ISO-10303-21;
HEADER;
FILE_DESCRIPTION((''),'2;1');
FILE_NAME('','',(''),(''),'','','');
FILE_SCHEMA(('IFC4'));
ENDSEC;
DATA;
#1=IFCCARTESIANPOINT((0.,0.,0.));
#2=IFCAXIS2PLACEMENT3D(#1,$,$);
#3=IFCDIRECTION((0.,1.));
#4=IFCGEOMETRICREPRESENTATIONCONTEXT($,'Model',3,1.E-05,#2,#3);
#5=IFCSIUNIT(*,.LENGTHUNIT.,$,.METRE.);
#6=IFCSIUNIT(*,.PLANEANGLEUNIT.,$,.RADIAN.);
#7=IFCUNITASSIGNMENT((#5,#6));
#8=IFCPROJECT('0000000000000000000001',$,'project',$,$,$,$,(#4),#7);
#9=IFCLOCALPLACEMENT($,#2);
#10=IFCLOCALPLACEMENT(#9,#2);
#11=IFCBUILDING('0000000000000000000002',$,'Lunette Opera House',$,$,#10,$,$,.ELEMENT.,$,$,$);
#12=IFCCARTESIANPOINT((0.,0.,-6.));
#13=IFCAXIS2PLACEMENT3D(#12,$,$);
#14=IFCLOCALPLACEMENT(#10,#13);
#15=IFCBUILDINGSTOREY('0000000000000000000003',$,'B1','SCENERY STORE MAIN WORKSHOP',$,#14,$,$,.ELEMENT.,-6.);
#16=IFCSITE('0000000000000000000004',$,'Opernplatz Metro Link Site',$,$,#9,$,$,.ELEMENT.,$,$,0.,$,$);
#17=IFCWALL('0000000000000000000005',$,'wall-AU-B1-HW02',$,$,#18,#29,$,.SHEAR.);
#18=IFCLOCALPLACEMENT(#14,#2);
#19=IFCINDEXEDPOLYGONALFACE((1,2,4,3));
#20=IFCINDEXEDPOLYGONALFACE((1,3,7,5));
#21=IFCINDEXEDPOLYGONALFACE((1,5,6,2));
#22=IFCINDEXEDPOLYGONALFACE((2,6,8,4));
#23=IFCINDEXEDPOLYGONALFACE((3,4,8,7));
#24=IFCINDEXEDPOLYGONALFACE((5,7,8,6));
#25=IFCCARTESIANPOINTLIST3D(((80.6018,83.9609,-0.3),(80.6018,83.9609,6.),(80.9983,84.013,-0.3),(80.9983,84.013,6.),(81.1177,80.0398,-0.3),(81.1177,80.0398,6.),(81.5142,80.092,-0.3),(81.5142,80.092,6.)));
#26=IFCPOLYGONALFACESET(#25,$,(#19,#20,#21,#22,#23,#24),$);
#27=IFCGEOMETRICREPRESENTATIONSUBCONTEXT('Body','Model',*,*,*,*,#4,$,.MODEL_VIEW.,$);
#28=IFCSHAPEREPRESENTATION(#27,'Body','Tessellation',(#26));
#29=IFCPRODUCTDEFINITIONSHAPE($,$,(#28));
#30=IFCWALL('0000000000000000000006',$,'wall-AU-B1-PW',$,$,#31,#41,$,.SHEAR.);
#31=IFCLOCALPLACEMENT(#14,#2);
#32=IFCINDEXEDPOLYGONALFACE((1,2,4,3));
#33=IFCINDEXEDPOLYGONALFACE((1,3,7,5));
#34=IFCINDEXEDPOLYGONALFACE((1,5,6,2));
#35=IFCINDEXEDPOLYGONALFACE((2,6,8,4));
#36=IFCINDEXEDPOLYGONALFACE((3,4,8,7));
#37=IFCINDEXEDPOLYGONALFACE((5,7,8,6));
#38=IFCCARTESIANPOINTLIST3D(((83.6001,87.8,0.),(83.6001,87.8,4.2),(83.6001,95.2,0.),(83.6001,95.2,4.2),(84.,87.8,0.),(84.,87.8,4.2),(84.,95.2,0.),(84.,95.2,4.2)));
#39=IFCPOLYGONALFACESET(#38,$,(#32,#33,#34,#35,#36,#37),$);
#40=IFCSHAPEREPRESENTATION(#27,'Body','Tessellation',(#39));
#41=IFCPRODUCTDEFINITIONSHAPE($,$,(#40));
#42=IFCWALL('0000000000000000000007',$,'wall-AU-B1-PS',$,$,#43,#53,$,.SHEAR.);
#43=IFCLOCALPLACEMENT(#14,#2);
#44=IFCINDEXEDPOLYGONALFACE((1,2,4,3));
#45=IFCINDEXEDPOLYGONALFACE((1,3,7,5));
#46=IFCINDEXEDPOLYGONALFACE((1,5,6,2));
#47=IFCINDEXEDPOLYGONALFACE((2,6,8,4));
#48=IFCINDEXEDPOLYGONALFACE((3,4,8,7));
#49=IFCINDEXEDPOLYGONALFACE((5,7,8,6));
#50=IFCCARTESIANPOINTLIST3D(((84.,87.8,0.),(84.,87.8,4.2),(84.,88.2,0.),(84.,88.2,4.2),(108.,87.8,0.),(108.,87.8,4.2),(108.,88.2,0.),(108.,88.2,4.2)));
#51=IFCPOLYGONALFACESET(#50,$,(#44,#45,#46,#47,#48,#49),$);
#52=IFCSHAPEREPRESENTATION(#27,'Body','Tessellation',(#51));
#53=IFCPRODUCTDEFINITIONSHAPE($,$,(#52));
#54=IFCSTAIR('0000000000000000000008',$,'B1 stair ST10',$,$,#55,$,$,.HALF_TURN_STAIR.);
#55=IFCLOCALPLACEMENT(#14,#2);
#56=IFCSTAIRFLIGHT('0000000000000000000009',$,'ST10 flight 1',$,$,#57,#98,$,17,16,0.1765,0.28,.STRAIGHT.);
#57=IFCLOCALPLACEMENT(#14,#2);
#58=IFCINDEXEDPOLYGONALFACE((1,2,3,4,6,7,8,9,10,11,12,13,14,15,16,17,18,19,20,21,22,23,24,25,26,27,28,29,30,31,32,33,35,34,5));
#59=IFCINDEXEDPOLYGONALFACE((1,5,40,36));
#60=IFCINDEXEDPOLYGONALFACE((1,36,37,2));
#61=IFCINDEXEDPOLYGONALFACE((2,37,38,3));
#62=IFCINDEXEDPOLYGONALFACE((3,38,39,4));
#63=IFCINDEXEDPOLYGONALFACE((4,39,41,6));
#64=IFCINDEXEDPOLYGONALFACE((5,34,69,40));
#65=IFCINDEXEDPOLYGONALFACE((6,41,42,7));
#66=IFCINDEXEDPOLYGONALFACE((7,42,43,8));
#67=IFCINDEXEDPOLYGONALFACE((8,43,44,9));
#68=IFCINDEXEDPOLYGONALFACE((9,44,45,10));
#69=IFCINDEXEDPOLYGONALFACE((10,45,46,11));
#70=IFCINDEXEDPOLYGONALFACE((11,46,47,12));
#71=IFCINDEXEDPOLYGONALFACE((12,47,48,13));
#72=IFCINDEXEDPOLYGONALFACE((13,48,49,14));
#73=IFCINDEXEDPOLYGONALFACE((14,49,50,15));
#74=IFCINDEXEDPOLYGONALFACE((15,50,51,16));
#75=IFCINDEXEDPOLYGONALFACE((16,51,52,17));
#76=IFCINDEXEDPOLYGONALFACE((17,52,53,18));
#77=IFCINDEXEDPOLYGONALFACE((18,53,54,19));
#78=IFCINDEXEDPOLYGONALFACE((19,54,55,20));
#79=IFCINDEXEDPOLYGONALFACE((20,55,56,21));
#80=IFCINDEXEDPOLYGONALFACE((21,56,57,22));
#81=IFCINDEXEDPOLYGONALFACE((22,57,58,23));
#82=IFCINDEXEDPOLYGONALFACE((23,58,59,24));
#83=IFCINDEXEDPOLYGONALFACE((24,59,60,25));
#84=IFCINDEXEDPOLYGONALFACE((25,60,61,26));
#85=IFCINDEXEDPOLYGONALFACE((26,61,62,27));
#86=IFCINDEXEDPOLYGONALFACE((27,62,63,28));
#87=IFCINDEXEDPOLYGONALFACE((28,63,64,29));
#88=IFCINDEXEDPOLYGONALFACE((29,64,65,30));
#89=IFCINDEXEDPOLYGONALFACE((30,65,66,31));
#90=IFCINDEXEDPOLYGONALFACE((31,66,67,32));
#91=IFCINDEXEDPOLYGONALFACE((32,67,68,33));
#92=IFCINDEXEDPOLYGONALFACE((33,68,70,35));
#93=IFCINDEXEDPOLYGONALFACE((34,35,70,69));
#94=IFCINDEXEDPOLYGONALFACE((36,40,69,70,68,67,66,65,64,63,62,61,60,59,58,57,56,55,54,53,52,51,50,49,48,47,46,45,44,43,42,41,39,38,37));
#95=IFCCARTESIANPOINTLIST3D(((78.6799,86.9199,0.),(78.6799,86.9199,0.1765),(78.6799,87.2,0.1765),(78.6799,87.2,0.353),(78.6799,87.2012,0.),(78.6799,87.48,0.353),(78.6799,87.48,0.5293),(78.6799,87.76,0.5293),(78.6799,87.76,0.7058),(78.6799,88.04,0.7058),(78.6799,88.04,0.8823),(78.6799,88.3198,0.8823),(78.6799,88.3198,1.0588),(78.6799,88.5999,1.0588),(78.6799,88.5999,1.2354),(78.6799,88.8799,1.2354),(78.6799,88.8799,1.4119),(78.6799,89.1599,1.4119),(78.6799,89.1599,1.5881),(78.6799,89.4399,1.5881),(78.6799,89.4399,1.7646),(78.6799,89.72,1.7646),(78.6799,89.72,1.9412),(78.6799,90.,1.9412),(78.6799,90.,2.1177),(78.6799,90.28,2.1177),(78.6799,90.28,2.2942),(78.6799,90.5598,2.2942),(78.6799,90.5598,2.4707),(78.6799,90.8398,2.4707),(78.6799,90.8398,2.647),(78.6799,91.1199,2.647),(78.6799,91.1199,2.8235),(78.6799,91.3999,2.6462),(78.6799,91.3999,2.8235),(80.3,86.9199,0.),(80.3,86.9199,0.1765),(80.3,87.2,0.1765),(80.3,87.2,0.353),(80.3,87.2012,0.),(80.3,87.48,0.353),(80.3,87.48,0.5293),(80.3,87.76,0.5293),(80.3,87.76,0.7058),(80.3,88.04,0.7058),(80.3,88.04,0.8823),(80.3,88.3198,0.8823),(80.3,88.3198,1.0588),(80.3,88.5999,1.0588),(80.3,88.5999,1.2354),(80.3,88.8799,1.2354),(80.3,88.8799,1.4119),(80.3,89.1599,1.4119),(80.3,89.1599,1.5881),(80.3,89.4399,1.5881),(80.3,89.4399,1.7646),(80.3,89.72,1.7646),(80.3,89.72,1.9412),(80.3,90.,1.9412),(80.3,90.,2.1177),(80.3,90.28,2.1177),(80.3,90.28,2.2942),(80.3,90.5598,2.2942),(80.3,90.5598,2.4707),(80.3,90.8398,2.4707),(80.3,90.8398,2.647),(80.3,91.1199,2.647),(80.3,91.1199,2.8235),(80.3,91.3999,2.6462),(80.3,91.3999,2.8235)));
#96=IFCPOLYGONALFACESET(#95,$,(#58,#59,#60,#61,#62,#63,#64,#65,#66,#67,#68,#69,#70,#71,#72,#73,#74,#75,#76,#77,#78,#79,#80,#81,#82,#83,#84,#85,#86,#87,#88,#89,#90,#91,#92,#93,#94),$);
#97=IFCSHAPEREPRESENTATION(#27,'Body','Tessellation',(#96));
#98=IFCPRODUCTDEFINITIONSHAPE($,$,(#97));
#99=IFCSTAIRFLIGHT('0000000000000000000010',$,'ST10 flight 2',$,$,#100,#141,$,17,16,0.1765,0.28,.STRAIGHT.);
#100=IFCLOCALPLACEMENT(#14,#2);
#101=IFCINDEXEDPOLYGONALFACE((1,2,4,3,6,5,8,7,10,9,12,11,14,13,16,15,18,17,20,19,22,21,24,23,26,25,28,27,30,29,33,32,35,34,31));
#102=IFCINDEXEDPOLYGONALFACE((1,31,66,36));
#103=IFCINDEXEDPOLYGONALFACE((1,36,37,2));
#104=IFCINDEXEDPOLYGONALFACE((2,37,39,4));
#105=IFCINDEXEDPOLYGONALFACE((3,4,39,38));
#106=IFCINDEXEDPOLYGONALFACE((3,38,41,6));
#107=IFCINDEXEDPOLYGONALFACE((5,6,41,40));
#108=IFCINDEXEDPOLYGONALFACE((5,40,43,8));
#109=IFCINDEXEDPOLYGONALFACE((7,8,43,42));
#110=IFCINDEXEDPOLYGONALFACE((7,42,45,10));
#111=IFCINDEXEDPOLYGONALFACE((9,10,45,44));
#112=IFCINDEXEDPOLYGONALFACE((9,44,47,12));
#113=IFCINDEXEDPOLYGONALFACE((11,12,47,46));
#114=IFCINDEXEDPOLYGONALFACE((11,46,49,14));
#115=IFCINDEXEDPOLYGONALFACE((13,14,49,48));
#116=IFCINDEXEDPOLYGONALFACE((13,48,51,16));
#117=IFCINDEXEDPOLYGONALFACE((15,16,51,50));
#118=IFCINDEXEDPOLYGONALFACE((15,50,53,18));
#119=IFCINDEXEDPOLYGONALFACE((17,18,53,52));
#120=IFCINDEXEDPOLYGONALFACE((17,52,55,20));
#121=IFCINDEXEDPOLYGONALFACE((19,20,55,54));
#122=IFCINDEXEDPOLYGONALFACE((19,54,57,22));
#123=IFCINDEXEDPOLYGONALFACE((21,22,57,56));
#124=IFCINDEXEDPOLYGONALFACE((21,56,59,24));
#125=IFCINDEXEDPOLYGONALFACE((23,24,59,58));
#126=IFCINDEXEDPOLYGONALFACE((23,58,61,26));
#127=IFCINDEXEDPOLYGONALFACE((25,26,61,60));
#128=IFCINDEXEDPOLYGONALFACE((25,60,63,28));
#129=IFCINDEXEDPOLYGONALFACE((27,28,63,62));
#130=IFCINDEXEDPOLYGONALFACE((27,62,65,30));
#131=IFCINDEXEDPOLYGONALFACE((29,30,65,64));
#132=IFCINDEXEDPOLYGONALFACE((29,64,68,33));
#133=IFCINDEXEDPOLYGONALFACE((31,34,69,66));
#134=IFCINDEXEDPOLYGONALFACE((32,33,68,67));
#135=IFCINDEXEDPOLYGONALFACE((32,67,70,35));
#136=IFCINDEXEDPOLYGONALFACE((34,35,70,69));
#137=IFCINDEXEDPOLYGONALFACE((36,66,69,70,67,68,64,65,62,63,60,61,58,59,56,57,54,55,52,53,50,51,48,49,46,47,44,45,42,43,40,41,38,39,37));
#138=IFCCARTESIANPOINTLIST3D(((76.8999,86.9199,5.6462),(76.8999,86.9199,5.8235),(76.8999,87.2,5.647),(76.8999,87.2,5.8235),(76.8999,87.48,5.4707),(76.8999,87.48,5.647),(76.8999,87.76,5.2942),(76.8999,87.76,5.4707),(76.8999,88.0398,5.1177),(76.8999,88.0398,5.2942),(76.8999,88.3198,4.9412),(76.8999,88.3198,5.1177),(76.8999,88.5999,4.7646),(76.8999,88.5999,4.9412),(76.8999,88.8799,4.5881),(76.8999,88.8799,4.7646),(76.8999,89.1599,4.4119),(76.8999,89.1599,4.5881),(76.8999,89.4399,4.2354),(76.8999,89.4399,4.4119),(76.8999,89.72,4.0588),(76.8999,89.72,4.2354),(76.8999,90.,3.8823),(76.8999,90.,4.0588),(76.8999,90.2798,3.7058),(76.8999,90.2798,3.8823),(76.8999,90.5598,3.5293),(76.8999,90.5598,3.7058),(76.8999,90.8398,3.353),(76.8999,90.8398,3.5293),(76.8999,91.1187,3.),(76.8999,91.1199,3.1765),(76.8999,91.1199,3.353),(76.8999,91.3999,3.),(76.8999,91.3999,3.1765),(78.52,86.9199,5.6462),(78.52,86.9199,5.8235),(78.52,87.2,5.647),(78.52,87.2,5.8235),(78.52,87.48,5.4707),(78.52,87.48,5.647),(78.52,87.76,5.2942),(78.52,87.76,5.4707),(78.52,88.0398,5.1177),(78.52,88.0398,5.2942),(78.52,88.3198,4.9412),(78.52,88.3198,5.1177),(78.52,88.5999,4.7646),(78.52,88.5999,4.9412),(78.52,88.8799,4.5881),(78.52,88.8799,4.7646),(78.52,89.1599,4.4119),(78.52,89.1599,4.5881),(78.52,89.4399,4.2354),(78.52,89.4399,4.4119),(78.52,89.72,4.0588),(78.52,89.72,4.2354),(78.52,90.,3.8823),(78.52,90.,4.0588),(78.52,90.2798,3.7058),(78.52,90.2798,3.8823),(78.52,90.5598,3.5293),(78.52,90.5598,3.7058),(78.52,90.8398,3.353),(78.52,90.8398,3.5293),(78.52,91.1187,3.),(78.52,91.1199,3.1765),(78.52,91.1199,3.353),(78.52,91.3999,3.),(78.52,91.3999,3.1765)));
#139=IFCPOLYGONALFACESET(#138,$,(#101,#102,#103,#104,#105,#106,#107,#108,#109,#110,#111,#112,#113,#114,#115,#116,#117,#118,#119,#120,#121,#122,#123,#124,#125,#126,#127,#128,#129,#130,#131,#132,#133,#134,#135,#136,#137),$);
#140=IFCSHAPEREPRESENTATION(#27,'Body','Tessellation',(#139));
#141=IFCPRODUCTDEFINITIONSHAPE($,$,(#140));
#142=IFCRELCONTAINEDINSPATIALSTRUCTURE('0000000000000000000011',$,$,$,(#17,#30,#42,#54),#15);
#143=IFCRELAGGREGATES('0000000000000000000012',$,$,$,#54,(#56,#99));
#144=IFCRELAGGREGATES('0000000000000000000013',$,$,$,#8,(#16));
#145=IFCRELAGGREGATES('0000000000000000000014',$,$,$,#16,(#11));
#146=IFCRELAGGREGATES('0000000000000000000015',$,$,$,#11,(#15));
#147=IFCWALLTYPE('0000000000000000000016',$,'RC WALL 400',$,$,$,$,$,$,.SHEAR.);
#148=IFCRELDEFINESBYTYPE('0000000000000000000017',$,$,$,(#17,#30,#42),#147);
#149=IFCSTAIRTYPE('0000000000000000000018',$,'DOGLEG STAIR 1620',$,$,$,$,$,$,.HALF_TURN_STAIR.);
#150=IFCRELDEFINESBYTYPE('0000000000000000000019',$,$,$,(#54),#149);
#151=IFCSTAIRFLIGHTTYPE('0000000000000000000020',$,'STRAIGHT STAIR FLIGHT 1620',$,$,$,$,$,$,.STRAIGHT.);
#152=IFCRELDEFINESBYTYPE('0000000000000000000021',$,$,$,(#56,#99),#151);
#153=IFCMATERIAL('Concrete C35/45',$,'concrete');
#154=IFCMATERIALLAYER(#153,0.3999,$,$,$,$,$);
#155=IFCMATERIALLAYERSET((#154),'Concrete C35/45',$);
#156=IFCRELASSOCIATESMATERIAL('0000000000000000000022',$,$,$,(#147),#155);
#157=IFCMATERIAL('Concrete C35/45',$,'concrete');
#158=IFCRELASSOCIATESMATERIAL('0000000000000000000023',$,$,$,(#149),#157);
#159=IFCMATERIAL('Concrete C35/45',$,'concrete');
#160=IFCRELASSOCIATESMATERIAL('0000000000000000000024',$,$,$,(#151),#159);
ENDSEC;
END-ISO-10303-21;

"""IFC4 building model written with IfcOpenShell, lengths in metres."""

from ifc_helpers import new_model, si_unit, direction, frame, frame_2d, origin, place, context, subcontext, project, spatial, polyline, rectangle, outline, extrude, material, layer, layer_set, type_object, element, aggregate, save


model = new_model("IFC4")

# Units and contexts
model_context = context("Model", 3, precision=1e-05, world=origin(), true_north=direction((0.0, 1.0)))
body_context = subcontext(model_context, "Body", "Model", "MODEL_VIEW")
ifc_project = project(units=[si_unit("LENGTHUNIT", "METRE"), si_unit("PLANEANGLEUNIT", "RADIAN")], contexts=[model_context])

# Site, building, storey
site_placement = place(None, origin())
site = spatial("IfcSite", under=ifc_project, at=site_placement, Name="Opernplatz Metro Link Site", CompositionType="ELEMENT", RefElevation=0.0)
building_placement = place(site_placement, origin())
building = spatial("IfcBuilding", under=site, at=building_placement, Name="Lunette Opera House", CompositionType="ELEMENT")
storey_placement = place(building_placement, frame((0.0, 0.0, -6.0)))
storey = spatial("IfcBuildingStorey", under=building, at=storey_placement, Name="B1", Description="SCENERY STORE MAIN WORKSHOP", CompositionType="ELEMENT", Elevation=-6.0)

# Walls
ifc_material_1 = material(Name="Concrete C35/45", Category="concrete")
ifc_layer_1 = layer(ifc_material_1, 0.3999)
ifc_layer_set_1 = layer_set([ifc_layer_1], Name="Concrete C35/45")
wall_type_1 = type_object("IfcWallType", Name="RC WALL 400", PredefinedType="SHEAR", material=ifc_layer_set_1)
wall_1_placement = place(storey_placement, frame((80.8, 83.9871, -0.3), z_axis=(0.0, 0.0, 1.0), x_axis=(0.130437, -0.991457, 0.0)))
element("IfcWall", 1, at=wall_1_placement, inside=storey, type_object=wall_type_1, Name="wall-AU-B1-HW02", PredefinedType="SHEAR", context=body_context, shape_type="SweptSolid", body=[
    extrude(rectangle(XDim=3.9548, YDim=0.3999, at=frame_2d((1.9775, 0.0))), origin(), (0.0, 0.0, 1.0), 6.3),
])
wall_2_placement = place(storey_placement, frame((83.8, 87.8, 0.0), z_axis=(0.0, 0.0, 1.0), x_axis=(0.0, 1.0, 0.0)))
element("IfcWall", 2, at=wall_2_placement, inside=storey, type_object=wall_type_1, Name="wall-AU-B1-PW", PredefinedType="SHEAR", context=body_context, shape_type="SweptSolid", body=[
    extrude(rectangle(XDim=7.3999, YDim=0.3999, at=frame_2d((3.7, 0.0))), origin(), (0.0, 0.0, 1.0), 4.2),
])
wall_3_placement = place(storey_placement, frame((84.0, 88.0, 0.0), z_axis=(0.0, 0.0, 1.0), x_axis=(1.0, 0.0, 0.0)))
element("IfcWall", 3, at=wall_3_placement, inside=storey, type_object=wall_type_1, Name="wall-AU-B1-PS", PredefinedType="SHEAR", context=body_context, shape_type="SweptSolid", body=[
    extrude(rectangle(XDim=24.0, YDim=0.3999, at=frame_2d((12.0, 0.0))), origin(), (0.0, 0.0, 1.0), 4.2),
])

# Stair, stair flights
ifc_material_2 = material(Name="Concrete C35/45", Category="concrete")
stair_type = type_object("IfcStairType", Name="DOGLEG STAIR 1620", PredefinedType="HALF_TURN_STAIR", material=ifc_material_2)
stair_placement = place(storey_placement, origin())
stair = element("IfcStair", 4, at=stair_placement, inside=storey, type_object=stair_type, Name="B1 stair ST10", PredefinedType="HALF_TURN_STAIR")
ifc_material_3 = material(Name="Concrete C35/45", Category="concrete")
stair_flight_type = type_object("IfcStairFlightType", Name="STRAIGHT STAIR FLIGHT 1620", PredefinedType="STRAIGHT", material=ifc_material_3)
stair_flight_1_placement = place(storey_placement, frame((79.49, 86.9199, 0.0), z_axis=(0.0, 0.0, 1.0), x_axis=(0.0, 1.0, 0.0)))
stair_flight_1 = element("IfcStairFlight", 5, at=stair_flight_1_placement, type_object=stair_flight_type, Name="ST10 flight 1", NumberOfRisers=17, NumberOfTreads=16, PredefinedType="STRAIGHT", RiserHeight=0.1765, TreadLength=0.28, context=body_context, shape_type="SweptSolid", body=[
    extrude(outline(polyline([(0.0, 0.0), (0.0, 0.1765), (0.28, 0.1765), (0.28, 0.353), (0.5601, 0.353), (0.5601, 0.5293), (0.8401, 0.5293), (0.8401, 0.7058), (1.1201, 0.7058), (1.1201, 0.8823), (1.3999, 0.8823), (1.3999, 1.0588), (1.6799, 1.0588), (1.6799, 1.2354), (1.96, 1.2354), (1.96, 1.4119), (2.24, 1.4119), (2.24, 1.5881), (2.52, 1.5881), (2.52, 1.7646), (2.8, 1.7646), (2.8, 1.9412), (3.0801, 1.9412), (3.0801, 2.1177), (3.3601, 2.1177), (3.3601, 2.2942), (3.6399, 2.2942), (3.6399, 2.4707), (3.9199, 2.4707), (3.9199, 2.647), (4.2, 2.647), (4.2, 2.8235), (4.48, 2.8235), (4.48, 3.0), (4.48, 2.6462), (0.2812, 0.0), (0.0, 0.0)])), frame((0.0, 0.8101, 0.0), z_axis=(0.0, -1.0, 0.0), x_axis=(1.0, 0.0, 0.0)), (0.0, 0.0, 1.0), 1.6201),
])
stair_flight_2_placement = place(storey_placement, frame((77.71, 91.3999, 3.0), z_axis=(0.0, 0.0, 1.0), x_axis=(0.0, -1.0, 0.0)))
stair_flight_2 = element("IfcStairFlight", 6, at=stair_flight_2_placement, type_object=stair_flight_type, Name="ST10 flight 2", NumberOfRisers=17, NumberOfTreads=16, PredefinedType="STRAIGHT", RiserHeight=0.1765, TreadLength=0.28, context=body_context, shape_type="SweptSolid", body=[
    extrude(outline(polyline([(0.0, 0.0), (0.0, 0.1765), (0.28, 0.1765), (0.28, 0.353), (0.5601, 0.353), (0.5601, 0.5293), (0.8401, 0.5293), (0.8401, 0.7058), (1.1201, 0.7058), (1.1201, 0.8823), (1.3999, 0.8823), (1.3999, 1.0588), (1.6799, 1.0588), (1.6799, 1.2354), (1.96, 1.2354), (1.96, 1.4119), (2.24, 1.4119), (2.24, 1.5881), (2.52, 1.5881), (2.52, 1.7646), (2.8, 1.7646), (2.8, 1.9412), (3.0801, 1.9412), (3.0801, 2.1177), (3.3601, 2.1177), (3.3601, 2.2942), (3.6399, 2.2942), (3.6399, 2.4707), (3.9199, 2.4707), (3.9199, 2.647), (4.2, 2.647), (4.2, 2.8235), (4.48, 2.8235), (4.48, 3.0), (4.48, 2.6462), (0.2812, 0.0), (0.0, 0.0)])), frame((0.0, 0.8101, 0.0), z_axis=(0.0, -1.0, 0.0), x_axis=(1.0, 0.0, 0.0)), (0.0, 0.0, 1.0), 1.6201),
])
aggregate(stair, [stair_flight_1, stair_flight_2])

save(model, "model.ifc")
